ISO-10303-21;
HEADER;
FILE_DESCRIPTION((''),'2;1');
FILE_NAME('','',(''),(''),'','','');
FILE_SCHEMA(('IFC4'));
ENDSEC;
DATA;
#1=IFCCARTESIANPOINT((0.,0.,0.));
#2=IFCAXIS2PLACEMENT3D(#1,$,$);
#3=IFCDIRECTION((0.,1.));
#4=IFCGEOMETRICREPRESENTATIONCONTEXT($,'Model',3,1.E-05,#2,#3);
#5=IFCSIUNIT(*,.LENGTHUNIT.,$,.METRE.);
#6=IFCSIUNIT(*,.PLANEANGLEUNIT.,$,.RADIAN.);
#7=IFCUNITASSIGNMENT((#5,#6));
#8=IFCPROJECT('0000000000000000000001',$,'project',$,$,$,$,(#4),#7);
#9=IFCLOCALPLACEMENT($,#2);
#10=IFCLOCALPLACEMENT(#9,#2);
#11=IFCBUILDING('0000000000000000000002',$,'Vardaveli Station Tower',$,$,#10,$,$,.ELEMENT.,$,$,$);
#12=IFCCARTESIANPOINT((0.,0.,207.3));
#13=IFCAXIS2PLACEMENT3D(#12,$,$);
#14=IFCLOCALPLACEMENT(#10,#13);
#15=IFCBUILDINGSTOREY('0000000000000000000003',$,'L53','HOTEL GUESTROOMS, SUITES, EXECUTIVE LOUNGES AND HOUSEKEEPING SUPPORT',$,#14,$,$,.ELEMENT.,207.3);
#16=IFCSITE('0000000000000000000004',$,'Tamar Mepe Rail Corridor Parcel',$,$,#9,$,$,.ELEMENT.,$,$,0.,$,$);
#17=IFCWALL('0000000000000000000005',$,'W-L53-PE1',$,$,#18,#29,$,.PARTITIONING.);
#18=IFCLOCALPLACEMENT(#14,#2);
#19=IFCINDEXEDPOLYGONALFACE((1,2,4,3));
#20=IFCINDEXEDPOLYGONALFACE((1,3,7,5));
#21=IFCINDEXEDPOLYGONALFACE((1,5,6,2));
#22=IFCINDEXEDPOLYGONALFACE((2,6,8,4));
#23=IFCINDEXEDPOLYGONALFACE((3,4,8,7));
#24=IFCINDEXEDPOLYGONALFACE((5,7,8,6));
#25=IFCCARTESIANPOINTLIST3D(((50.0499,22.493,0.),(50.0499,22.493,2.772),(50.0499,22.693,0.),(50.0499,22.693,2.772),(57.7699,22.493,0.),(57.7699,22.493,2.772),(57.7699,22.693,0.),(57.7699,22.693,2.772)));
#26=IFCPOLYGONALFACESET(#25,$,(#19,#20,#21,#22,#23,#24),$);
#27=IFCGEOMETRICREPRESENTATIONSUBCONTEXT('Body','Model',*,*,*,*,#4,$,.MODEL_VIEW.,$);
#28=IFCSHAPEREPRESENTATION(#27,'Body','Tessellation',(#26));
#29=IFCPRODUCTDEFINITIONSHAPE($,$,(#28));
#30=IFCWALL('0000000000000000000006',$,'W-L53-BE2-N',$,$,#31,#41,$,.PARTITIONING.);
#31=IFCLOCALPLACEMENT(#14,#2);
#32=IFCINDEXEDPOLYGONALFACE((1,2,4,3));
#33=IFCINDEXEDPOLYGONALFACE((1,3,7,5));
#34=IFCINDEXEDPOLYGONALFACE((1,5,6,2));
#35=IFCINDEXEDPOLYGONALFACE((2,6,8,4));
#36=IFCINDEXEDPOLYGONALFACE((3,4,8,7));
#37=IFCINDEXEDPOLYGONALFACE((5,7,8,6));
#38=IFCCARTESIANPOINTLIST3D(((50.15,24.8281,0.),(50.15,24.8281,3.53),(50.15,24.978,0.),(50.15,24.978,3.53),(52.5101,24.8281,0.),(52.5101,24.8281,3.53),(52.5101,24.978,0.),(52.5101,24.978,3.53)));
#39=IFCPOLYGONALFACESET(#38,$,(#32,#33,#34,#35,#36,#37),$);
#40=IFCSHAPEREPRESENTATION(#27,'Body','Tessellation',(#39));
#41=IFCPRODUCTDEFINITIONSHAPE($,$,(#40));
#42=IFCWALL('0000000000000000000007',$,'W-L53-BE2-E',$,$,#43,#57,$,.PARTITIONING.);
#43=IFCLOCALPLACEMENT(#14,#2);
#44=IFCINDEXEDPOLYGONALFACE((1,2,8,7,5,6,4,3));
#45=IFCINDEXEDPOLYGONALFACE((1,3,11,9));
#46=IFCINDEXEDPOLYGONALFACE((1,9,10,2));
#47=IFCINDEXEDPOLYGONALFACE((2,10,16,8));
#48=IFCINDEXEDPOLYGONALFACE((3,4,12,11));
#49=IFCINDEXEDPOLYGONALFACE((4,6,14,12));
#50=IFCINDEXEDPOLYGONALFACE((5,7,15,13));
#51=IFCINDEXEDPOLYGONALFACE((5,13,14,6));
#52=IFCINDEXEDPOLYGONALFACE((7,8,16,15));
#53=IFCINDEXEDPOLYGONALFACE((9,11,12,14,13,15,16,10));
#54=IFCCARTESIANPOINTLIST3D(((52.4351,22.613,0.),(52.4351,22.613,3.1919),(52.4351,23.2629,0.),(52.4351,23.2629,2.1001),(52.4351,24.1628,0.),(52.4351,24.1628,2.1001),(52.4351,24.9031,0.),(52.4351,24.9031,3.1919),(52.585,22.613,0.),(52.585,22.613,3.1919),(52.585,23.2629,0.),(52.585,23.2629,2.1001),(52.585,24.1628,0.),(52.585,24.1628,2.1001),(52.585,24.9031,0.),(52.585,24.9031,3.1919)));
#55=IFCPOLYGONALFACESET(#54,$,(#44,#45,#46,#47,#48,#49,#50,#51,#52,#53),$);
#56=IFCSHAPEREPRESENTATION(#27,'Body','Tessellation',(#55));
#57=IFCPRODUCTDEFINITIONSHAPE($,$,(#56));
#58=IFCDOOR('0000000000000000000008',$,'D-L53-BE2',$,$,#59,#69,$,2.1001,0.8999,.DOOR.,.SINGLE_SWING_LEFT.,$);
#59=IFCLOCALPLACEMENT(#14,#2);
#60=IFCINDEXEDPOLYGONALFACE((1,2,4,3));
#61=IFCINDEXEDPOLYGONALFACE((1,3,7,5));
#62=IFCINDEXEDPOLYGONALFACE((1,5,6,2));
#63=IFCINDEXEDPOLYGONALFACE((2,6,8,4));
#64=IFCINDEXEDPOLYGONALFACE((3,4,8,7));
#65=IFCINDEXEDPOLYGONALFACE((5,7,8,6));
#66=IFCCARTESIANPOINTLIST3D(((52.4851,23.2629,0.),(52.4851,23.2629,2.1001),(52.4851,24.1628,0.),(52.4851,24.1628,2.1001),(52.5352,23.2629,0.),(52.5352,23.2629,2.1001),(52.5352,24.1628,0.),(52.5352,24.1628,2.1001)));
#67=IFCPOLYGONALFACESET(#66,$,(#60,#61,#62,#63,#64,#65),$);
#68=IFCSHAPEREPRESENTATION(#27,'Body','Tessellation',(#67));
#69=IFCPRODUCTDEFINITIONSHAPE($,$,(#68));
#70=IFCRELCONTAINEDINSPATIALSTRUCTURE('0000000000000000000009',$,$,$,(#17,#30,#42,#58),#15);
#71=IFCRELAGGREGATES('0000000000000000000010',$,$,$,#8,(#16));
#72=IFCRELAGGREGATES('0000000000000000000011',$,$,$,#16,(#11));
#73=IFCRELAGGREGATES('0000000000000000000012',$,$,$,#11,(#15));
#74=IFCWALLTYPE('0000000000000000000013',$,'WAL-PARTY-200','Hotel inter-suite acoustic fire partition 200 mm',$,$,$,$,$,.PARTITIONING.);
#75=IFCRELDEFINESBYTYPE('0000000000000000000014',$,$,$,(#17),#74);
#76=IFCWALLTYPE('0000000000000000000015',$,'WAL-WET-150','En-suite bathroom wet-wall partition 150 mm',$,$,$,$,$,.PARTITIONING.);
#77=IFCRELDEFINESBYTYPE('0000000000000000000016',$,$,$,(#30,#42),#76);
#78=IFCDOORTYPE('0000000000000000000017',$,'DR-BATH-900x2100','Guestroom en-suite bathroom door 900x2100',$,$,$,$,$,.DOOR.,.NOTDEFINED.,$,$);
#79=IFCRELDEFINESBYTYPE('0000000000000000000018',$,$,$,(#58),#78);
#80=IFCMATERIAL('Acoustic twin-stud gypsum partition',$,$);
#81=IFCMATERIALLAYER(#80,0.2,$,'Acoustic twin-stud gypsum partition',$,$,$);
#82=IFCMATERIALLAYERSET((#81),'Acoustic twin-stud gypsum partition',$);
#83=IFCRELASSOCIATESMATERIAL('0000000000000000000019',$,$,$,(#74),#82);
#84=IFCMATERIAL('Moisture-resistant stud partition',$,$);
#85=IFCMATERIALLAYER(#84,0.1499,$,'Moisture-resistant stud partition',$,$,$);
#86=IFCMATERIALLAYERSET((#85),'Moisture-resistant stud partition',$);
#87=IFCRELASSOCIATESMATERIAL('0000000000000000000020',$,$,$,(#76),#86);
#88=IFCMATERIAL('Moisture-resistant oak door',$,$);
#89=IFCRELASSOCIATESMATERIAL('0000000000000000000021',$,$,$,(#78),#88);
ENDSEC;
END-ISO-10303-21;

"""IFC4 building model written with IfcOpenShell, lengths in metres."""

from ifc_helpers import new_model, si_unit, direction, frame, frame_2d, origin, place, context, subcontext, project, spatial, rectangle, extrude, source, transform, mapped, material, layer, layer_set, type_object, element, fill, save


model = new_model("IFC4")

# Units and contexts
model_context = context("Model", 3, precision=1e-05, world=origin(), true_north=direction((0.0, 1.0)))
body_context = subcontext(model_context, "Body", "Model", "MODEL_VIEW")
ifc_project = project(units=[si_unit("LENGTHUNIT", "METRE"), si_unit("PLANEANGLEUNIT", "RADIAN")], contexts=[model_context])

# Site, building, storey
site_placement = place(None, origin())
site = spatial("IfcSite", under=ifc_project, at=site_placement, Name="Tamar Mepe Rail Corridor Parcel", CompositionType="ELEMENT", RefElevation=0.0)
building_placement = place(site_placement, origin())
building = spatial("IfcBuilding", under=site, at=building_placement, Name="Vardaveli Station Tower", CompositionType="ELEMENT")
storey_placement = place(building_placement, frame((0.0, 0.0, 207.3)))
storey = spatial("IfcBuildingStorey", under=building, at=storey_placement, Name="L53", Description="HOTEL GUESTROOMS, SUITES, EXECUTIVE LOUNGES AND HOUSEKEEPING SUPPORT", CompositionType="ELEMENT", Elevation=207.3)

# Walls
ifc_material_1 = material(Name="Acoustic twin-stud gypsum partition")
ifc_layer_1 = layer(ifc_material_1, 0.2, Name="Acoustic twin-stud gypsum partition")
ifc_layer_set_1 = layer_set([ifc_layer_1], Name="Acoustic twin-stud gypsum partition")
wall_type_1 = type_object("IfcWallType", Name="WAL-PARTY-200", Description="Hotel inter-suite acoustic fire partition 200 mm", PredefinedType="PARTITIONING", material=ifc_layer_set_1)
shared_shape_1 = source(origin(), body_context, "Body", "SweptSolid", [
    extrude(rectangle(XDim=7.72, YDim=0.2, at=frame_2d((3.8599, 0.0))), origin(), (0.0, 0.0, 1.0), 2.772),
])
wall_1_placement = place(storey_placement, frame((50.05, 22.593, 0.0), z_axis=(0.0, 0.0, 1.0), x_axis=(1.0, 0.0, 0.0)))
element("IfcWall", 1, at=wall_1_placement, inside=storey, type_object=wall_type_1, Name="W-L53-PE1", PredefinedType="PARTITIONING", context=body_context, shape_type="MappedRepresentation", body=[
    mapped(shared_shape_1, transform((0.0, 0.0, 0.0), scale=1.0)),
])
ifc_material_2 = material(Name="Moisture-resistant stud partition")
ifc_layer_2 = layer(ifc_material_2, 0.1499, Name="Moisture-resistant stud partition")
ifc_layer_set_2 = layer_set([ifc_layer_2], Name="Moisture-resistant stud partition")
wall_type_2 = type_object("IfcWallType", Name="WAL-WET-150", Description="En-suite bathroom wet-wall partition 150 mm", PredefinedType="PARTITIONING", material=ifc_layer_set_2)
shared_shape_2 = source(origin(), body_context, "Body", "SweptSolid", [
    extrude(rectangle(XDim=2.3601, YDim=0.1499, at=frame_2d((1.1802, 0.0))), origin(), (0.0, 0.0, 1.0), 3.53),
])
wall_2_placement = place(storey_placement, frame((50.1499, 24.9031, 0.0), z_axis=(0.0, 0.0, 1.0), x_axis=(1.0, 0.0, 0.0)))
element("IfcWall", 2, at=wall_2_placement, inside=storey, type_object=wall_type_2, Name="W-L53-BE2-N", PredefinedType="PARTITIONING", context=body_context, shape_type="MappedRepresentation", body=[
    mapped(shared_shape_2, transform((0.0, 0.0, 0.0), scale=1.0)),
])

# Wall, opening, door
shared_shape_3 = source(origin(), body_context, "Body", "SweptSolid", [
    extrude(rectangle(XDim=2.29, YDim=0.1499, at=frame_2d((1.145, 0.0))), origin(), (0.0, 0.0, 1.0), 3.1919),
])
wall_3_placement = place(storey_placement, frame((52.51, 22.613, 0.0), z_axis=(0.0, 0.0, 1.0), x_axis=(0.0, 1.0, 0.0)))
wall_3 = element("IfcWall", 3, at=wall_3_placement, inside=storey, type_object=wall_type_2, Name="W-L53-BE2-E", PredefinedType="PARTITIONING", context=body_context, shape_type="MappedRepresentation", body=[
    mapped(shared_shape_3, transform((0.0, 0.0, 0.0), scale=1.0)),
])
shared_shape_4 = source(origin(), body_context, "Body", "SweptSolid", [
    extrude(rectangle(XDim=0.8999, YDim=2.1001, at=frame_2d((0.45, 1.05))), frame((0.0, 0.085, 0.0), z_axis=(0.0, -1.0, 0.0), x_axis=(1.0, 0.0, 0.0)), (0.0, 0.0, 1.0), 0.1699),
])
opening_1_placement = place(wall_3_placement, frame((0.6499, 0.0, 0.0)))
opening_1 = element("IfcOpeningElement", 4, at=opening_1_placement, cuts=wall_3, PredefinedType="OPENING", context=body_context, shape_type="MappedRepresentation", body=[
    mapped(shared_shape_4, transform((0.0, 0.0, 0.0), scale=1.0)),
])
ifc_material_3 = material(Name="Moisture-resistant oak door")
door_type_1 = type_object("IfcDoorType", Name="DR-BATH-900x2100", Description="Guestroom en-suite bathroom door 900x2100", OperationType="NOTDEFINED", PredefinedType="DOOR", material=ifc_material_3)
shared_shape_5 = source(origin(), body_context, "Body", "SweptSolid", [
    extrude(rectangle(XDim=0.8999, YDim=2.1001, at=frame_2d((0.45, 1.05))), frame((0.0, 0.0249, 0.0), z_axis=(0.0, -1.0, 0.0), x_axis=(1.0, 0.0, 0.0)), (0.0, 0.0, 1.0), 0.05),
])
door_1_placement = place(opening_1_placement, origin())
door_1 = element("IfcDoor", 5, at=door_1_placement, inside=storey, type_object=door_type_1, Name="D-L53-BE2", OperationType="SINGLE_SWING_LEFT", OverallHeight=2.1001, OverallWidth=0.8999, PredefinedType="DOOR", context=body_context, shape_type="MappedRepresentation", body=[
    mapped(shared_shape_5, transform((0.0, 0.0, 0.0), scale=1.0)),
])
fill(opening_1, door_1)

save(model, "model.ifc")
